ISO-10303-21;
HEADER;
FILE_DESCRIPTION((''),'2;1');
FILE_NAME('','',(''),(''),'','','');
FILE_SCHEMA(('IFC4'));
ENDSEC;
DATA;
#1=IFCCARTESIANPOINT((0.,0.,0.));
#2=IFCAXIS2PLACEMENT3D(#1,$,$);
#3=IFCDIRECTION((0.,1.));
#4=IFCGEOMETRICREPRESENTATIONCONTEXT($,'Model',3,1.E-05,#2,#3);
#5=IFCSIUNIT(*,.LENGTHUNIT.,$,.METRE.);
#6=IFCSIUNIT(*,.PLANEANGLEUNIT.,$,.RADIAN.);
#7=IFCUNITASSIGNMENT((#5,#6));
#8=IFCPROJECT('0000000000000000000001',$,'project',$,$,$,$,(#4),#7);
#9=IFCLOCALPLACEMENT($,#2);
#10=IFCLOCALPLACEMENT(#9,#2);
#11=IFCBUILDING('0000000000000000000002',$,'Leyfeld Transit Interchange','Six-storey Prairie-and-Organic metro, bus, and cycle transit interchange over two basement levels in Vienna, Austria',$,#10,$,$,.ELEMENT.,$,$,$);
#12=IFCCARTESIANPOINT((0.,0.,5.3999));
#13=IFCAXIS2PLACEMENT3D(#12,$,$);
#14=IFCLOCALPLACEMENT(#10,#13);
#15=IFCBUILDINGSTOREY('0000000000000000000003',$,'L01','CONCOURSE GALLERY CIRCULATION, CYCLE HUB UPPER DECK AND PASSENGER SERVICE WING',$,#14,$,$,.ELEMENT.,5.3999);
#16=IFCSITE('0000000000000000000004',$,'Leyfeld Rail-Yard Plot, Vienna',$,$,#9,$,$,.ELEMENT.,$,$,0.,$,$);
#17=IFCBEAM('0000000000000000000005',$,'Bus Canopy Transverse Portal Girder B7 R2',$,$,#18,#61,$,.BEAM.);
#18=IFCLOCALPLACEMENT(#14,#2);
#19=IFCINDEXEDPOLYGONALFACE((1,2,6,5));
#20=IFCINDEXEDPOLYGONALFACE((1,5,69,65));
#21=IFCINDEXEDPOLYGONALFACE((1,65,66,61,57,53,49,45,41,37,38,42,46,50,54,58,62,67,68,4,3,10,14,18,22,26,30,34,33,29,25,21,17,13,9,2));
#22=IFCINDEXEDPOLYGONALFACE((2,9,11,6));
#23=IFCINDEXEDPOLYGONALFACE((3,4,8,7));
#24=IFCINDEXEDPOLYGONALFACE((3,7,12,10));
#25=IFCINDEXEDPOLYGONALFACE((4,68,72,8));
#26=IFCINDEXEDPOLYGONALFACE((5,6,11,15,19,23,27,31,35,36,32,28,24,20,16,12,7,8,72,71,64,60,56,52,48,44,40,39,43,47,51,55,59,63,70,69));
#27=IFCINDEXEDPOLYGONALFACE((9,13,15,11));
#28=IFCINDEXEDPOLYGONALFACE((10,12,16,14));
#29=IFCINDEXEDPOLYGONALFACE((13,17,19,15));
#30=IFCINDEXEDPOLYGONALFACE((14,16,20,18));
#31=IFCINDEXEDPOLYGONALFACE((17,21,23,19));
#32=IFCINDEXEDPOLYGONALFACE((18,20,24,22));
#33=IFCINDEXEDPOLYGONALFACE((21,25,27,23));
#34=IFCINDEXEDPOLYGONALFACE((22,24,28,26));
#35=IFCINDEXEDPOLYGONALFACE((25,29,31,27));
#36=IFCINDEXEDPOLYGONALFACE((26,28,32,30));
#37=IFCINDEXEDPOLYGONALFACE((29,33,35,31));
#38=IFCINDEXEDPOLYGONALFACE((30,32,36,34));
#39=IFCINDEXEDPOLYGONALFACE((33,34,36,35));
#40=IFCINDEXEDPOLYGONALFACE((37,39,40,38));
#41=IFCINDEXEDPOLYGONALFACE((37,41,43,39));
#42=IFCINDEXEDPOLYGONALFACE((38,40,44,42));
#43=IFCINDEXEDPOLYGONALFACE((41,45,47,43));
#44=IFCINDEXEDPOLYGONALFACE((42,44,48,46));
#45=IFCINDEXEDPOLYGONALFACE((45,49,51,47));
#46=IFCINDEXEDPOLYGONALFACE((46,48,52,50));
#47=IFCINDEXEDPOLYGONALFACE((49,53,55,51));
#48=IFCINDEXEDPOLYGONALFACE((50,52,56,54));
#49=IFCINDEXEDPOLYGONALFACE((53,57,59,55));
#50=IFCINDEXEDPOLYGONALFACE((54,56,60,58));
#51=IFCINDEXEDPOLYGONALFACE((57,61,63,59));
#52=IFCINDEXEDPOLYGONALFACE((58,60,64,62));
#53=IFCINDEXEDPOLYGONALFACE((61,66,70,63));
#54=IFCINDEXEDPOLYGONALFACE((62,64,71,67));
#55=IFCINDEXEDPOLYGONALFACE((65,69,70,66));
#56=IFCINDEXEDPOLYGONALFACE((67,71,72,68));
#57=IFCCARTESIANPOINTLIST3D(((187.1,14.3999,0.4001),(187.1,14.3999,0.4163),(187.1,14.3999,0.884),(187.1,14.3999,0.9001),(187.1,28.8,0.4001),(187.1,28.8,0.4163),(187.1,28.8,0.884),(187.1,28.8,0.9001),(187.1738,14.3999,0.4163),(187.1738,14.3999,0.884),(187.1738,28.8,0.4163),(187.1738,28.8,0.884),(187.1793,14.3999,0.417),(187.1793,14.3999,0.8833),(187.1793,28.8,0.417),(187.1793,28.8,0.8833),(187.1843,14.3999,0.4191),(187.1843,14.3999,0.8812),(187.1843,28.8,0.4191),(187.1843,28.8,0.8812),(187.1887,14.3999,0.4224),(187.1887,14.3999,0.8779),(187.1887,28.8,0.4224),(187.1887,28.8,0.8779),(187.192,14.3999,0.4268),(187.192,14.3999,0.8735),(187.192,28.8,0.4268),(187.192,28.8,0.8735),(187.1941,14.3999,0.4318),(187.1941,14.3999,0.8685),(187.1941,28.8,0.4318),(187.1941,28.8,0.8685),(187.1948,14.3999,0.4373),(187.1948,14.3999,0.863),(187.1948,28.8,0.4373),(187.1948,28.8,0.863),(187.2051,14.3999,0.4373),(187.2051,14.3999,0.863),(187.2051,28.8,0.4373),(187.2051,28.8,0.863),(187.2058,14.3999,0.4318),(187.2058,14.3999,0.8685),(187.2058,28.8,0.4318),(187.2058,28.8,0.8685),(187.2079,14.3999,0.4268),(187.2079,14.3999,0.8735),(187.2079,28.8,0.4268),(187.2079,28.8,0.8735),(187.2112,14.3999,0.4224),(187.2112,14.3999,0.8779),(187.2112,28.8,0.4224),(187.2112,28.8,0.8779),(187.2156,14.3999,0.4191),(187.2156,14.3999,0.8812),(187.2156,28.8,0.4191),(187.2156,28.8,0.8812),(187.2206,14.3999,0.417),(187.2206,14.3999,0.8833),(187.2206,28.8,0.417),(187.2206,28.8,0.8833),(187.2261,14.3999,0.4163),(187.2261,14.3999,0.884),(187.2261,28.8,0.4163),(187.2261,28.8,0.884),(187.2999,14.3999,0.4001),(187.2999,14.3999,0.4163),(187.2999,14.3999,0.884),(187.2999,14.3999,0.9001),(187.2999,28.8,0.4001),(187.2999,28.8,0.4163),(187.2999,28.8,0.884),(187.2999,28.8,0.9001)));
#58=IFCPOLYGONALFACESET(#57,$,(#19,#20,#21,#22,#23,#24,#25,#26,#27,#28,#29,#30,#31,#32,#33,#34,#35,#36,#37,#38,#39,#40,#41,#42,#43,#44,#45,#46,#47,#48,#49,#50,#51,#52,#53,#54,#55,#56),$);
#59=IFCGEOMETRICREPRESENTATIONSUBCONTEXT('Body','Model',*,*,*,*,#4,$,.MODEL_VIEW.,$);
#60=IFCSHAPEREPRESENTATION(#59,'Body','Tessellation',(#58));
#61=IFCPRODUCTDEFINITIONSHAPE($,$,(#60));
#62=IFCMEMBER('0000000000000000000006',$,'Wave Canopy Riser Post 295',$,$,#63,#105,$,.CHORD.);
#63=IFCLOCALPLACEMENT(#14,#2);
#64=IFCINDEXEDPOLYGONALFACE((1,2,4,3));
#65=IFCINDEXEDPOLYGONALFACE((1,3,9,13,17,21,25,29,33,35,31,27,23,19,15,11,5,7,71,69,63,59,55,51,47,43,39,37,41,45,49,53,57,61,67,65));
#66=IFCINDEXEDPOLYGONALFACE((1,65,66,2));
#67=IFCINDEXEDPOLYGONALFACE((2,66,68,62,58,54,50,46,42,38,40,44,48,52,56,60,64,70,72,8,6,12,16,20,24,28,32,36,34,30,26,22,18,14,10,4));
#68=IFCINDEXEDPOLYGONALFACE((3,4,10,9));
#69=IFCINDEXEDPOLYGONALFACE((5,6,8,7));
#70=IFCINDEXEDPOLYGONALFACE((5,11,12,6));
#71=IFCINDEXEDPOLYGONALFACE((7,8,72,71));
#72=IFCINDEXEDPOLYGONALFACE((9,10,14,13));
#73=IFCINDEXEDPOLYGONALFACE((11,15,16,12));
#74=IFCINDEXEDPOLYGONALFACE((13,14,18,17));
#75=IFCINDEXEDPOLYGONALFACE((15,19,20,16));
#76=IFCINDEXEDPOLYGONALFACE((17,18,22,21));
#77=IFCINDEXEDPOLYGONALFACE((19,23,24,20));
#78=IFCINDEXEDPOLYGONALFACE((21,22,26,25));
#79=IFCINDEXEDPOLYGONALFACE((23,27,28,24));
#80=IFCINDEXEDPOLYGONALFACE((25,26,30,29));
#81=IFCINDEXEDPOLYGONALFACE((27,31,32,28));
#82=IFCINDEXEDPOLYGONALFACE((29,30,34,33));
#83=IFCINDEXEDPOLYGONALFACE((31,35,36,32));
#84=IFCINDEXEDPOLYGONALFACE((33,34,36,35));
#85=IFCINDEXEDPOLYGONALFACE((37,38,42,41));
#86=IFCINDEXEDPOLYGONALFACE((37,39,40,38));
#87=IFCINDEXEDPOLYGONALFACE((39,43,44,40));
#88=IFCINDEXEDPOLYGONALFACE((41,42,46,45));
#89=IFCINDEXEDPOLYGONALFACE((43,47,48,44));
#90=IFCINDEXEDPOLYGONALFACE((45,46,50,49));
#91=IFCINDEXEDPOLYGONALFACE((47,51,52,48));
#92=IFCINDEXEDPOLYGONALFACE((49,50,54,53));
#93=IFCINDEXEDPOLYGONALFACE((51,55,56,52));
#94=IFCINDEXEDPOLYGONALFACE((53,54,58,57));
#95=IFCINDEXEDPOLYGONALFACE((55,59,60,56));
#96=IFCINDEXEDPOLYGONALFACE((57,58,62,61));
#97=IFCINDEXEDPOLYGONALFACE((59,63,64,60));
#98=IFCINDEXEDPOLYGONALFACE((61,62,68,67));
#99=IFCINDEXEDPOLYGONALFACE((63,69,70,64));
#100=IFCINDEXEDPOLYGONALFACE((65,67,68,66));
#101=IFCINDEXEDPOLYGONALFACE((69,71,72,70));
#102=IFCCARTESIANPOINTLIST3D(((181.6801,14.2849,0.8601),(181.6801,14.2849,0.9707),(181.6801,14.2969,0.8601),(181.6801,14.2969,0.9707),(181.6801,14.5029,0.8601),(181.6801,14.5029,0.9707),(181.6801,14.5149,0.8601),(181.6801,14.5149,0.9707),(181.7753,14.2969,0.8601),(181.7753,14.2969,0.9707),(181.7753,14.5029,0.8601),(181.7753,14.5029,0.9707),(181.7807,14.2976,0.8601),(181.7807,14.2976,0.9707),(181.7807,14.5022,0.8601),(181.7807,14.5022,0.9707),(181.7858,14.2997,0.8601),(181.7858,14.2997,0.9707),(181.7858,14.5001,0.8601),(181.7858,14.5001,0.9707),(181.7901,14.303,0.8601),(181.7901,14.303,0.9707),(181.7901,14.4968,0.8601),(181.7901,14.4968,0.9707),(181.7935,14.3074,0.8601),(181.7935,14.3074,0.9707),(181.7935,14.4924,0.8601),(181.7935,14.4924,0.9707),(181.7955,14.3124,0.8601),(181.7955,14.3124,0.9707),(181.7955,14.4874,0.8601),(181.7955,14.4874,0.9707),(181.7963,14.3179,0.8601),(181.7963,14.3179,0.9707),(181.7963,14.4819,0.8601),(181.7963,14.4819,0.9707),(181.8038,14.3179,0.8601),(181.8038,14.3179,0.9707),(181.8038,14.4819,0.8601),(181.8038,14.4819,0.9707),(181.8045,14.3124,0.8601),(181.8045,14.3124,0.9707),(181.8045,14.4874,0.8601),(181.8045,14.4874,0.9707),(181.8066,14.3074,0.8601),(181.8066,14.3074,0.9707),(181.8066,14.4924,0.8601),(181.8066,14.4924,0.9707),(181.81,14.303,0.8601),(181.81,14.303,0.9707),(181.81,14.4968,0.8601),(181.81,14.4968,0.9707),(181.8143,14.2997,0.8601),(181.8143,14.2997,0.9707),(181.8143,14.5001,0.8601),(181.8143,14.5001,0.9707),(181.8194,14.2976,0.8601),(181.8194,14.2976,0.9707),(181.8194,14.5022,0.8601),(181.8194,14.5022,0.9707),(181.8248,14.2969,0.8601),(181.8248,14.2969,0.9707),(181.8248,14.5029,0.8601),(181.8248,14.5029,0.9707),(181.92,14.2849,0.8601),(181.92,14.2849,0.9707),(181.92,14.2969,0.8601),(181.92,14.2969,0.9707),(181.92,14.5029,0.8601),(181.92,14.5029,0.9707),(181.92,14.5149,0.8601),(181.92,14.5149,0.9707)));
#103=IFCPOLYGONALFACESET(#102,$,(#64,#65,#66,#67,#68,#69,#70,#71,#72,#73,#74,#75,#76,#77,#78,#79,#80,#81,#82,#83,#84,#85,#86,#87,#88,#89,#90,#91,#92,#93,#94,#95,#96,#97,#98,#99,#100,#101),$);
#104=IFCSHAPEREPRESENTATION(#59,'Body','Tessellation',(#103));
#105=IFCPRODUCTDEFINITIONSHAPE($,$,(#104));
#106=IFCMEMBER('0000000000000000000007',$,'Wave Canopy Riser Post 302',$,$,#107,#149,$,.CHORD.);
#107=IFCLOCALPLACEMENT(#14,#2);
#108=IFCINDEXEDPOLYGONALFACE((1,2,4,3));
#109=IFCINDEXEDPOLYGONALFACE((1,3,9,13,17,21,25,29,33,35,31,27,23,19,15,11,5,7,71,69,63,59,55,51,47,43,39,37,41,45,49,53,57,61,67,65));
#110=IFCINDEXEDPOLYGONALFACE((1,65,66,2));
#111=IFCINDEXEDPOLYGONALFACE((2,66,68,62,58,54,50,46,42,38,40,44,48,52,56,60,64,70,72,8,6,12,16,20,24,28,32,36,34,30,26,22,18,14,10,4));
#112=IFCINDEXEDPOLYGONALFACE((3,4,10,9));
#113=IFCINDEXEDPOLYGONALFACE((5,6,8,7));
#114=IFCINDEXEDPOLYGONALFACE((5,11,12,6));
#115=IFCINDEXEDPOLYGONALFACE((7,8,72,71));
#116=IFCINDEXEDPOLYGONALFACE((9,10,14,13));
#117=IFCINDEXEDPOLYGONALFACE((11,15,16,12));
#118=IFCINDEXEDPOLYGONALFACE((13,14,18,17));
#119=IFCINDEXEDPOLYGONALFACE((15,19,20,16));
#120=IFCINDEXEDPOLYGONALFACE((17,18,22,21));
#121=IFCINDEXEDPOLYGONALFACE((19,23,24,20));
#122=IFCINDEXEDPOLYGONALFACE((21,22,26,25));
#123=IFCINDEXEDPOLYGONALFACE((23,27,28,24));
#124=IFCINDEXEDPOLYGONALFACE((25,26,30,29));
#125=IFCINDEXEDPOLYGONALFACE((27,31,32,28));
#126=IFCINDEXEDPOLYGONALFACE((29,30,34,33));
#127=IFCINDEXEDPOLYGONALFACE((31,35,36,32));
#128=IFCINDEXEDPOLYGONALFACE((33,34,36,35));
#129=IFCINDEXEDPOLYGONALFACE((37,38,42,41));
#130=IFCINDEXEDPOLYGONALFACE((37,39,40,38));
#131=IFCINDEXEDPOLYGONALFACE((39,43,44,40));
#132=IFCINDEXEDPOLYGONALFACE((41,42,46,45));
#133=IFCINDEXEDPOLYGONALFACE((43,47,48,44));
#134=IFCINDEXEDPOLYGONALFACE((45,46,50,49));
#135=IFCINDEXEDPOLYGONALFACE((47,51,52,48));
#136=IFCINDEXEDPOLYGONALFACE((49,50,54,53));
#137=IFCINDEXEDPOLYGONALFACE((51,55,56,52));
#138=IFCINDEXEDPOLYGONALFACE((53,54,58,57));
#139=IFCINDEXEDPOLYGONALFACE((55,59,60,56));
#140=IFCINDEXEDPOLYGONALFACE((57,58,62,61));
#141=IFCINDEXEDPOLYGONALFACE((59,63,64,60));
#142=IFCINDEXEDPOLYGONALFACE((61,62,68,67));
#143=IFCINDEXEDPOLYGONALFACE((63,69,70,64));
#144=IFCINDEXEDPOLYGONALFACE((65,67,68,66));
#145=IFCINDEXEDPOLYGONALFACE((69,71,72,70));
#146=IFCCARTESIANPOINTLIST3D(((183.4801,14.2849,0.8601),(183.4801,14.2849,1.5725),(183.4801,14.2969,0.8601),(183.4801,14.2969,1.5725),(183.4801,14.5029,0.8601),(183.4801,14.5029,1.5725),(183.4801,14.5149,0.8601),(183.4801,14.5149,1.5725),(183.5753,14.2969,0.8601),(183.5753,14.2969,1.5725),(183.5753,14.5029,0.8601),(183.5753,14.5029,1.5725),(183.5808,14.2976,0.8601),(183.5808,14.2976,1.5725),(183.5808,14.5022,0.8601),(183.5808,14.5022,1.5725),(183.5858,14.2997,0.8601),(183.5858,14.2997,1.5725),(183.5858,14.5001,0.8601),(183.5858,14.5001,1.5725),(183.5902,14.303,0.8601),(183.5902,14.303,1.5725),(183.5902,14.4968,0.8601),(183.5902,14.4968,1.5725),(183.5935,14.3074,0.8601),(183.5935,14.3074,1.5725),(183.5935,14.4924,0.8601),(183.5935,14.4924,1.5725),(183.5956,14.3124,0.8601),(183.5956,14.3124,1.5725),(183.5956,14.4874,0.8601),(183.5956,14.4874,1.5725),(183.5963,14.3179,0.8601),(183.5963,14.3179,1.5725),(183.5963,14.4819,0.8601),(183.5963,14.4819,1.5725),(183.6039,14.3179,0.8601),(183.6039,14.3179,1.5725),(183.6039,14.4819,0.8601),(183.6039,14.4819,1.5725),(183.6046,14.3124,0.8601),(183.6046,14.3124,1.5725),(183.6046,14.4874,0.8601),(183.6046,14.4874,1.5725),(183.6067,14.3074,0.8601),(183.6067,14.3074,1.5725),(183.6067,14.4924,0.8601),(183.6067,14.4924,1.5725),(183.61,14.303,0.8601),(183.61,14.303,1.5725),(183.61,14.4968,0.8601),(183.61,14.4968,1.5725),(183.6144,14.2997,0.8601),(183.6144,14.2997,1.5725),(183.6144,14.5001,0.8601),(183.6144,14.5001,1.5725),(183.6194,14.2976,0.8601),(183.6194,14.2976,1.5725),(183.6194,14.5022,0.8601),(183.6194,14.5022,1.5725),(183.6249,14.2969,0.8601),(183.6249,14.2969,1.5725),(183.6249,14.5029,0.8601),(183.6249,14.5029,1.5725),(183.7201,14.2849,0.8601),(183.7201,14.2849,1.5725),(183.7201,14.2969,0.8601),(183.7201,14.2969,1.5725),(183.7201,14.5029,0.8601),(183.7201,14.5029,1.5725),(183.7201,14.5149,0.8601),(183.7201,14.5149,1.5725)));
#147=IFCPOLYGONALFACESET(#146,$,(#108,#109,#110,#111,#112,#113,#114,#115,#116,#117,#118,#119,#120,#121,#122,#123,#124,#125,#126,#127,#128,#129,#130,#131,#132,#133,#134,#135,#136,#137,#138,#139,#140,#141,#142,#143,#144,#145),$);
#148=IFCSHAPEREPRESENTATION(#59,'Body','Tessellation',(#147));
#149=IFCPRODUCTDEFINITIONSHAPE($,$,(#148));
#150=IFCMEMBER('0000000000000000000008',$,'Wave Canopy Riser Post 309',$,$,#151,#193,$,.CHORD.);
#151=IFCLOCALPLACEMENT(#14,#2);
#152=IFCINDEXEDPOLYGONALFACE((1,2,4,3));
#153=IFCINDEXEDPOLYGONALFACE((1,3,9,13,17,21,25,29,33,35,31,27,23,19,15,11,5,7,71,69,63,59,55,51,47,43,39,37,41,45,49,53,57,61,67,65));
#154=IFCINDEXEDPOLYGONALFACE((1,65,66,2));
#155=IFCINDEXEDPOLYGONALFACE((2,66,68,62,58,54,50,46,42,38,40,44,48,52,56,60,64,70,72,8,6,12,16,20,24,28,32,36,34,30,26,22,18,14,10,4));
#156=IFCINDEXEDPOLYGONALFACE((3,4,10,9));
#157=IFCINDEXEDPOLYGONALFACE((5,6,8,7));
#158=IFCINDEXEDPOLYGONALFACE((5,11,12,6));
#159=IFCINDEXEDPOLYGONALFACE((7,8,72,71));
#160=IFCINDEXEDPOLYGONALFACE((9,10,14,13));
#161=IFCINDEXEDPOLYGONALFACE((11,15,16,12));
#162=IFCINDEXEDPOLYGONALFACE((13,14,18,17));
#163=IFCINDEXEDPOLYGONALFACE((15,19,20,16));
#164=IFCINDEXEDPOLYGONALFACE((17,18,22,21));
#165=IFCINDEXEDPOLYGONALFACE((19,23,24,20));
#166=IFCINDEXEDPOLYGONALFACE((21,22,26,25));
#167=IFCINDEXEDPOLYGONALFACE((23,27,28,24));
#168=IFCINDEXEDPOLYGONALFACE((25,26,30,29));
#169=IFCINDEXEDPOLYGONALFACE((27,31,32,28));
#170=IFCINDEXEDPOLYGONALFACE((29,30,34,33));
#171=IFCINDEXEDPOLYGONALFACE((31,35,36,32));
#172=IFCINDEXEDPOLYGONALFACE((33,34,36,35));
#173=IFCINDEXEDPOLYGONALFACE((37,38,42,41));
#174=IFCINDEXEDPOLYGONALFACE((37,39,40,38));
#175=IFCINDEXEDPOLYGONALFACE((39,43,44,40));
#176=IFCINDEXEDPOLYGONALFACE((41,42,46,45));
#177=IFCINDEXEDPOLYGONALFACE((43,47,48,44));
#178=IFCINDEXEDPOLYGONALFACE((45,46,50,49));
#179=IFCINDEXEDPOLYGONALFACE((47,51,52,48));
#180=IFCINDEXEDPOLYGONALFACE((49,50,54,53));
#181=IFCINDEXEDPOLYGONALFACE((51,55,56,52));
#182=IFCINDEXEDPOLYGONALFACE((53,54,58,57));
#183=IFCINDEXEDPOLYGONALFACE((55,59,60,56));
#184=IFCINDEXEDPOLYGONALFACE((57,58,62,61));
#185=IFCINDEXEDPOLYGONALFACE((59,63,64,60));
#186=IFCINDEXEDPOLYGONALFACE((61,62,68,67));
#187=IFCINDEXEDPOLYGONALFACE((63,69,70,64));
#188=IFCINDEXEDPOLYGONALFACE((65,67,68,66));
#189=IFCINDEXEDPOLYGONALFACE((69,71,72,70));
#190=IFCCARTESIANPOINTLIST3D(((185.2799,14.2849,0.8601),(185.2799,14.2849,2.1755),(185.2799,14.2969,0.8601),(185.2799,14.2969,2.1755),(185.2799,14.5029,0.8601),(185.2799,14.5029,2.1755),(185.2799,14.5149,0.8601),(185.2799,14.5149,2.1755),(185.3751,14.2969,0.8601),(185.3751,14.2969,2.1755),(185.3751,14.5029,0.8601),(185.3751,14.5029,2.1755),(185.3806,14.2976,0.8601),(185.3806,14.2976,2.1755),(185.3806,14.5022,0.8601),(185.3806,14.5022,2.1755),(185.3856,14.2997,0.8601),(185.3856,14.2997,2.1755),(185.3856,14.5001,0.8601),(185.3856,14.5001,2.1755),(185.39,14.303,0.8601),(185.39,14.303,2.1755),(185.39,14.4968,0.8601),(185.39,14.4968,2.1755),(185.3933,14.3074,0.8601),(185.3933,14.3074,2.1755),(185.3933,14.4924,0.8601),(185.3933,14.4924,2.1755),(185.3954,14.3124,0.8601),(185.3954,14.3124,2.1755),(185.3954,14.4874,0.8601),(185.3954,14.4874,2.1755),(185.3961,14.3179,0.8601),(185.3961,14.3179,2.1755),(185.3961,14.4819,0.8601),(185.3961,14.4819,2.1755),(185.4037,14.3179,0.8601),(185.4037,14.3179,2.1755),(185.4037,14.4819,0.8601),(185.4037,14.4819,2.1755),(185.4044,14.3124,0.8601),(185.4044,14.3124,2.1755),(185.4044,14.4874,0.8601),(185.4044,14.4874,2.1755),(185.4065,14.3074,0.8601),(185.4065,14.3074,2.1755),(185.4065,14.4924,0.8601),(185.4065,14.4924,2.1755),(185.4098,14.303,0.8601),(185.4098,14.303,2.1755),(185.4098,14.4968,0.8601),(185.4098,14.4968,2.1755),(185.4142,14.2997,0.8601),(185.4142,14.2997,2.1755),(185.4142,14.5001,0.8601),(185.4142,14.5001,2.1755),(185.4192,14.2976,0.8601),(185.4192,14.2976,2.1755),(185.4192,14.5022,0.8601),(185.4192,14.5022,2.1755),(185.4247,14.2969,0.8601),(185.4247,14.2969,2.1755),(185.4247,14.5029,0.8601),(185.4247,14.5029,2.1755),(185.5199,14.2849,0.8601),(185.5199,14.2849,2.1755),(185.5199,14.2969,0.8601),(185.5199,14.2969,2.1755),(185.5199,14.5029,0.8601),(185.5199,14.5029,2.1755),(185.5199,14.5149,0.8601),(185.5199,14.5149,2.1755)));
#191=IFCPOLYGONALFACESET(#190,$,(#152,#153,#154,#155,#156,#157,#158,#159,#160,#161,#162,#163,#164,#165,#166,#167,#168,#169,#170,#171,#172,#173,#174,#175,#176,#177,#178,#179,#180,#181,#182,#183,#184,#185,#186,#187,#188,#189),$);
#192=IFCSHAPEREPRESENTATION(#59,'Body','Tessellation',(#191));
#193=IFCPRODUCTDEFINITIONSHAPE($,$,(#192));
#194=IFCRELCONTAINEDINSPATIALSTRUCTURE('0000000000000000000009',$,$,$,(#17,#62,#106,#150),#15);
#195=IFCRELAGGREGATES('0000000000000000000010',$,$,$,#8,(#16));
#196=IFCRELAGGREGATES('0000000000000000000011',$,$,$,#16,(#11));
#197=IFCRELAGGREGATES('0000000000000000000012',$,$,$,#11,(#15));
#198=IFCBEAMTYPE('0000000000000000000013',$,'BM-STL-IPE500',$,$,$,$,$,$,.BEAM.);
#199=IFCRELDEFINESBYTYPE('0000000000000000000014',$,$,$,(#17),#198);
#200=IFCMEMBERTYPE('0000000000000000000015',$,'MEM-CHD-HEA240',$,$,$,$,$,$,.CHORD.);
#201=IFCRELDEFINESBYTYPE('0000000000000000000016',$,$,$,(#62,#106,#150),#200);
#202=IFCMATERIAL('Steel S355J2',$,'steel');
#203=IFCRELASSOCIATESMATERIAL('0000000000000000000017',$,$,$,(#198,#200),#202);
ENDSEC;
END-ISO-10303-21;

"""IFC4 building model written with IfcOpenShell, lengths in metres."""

from ifc_helpers import new_model, si_unit, direction, frame, origin, origin_2d, place, context, subcontext, project, spatial, i_section, extrude, material, material_profile, profile_set, type_object, element, save


model = new_model("IFC4")

# Units and contexts
model_context = context("Model", 3, precision=1e-05, world=origin(), true_north=direction((0.0, 1.0)))
body_context = subcontext(model_context, "Body", "Model", "MODEL_VIEW")
ifc_project = project(units=[si_unit("LENGTHUNIT", "METRE"), si_unit("PLANEANGLEUNIT", "RADIAN")], contexts=[model_context])

# Site, building, storey
site_placement = place(None, origin())
site = spatial("IfcSite", under=ifc_project, at=site_placement, Name="Leyfeld Rail-Yard Plot, Vienna", CompositionType="ELEMENT", RefElevation=0.0)
building_placement = place(site_placement, origin())
building = spatial("IfcBuilding", under=site, at=building_placement, Name="Leyfeld Transit Interchange", Description="Six-storey Prairie-and-Organic metro, bus, and cycle transit interchange over two basement levels in Vienna, Austria", CompositionType="ELEMENT")
storey_placement = place(building_placement, frame((0.0, 0.0, 5.3999)))
storey = spatial("IfcBuildingStorey", under=building, at=storey_placement, Name="L01", Description="CONCOURSE GALLERY CIRCULATION, CYCLE HUB UPPER DECK AND PASSENGER SERVICE WING", CompositionType="ELEMENT", Elevation=5.3999)

# Beam
ifc_material_1 = material(Name="Steel S355J2", Category="steel")
ifc_material_profile_1 = material_profile(ifc_material_1, i_section(OverallWidth=0.2, OverallDepth=0.5, WebThickness=0.0103, FlangeThickness=0.0161, FilletRadius=0.021, at=origin_2d()), Name="IPE 500")
ifc_profile_set_1 = profile_set([ifc_material_profile_1], Name="Steel S355J2")
beam_type = type_object("IfcBeamType", Name="BM-STL-IPE500", PredefinedType="BEAM", material=ifc_profile_set_1)
beam_placement = place(storey_placement, frame((187.2, 14.3999, 0.6501), z_axis=(0.0, 1.0, 0.0), x_axis=(-1.0, 0.0, 0.0)))
element("IfcBeam", 1, at=beam_placement, inside=storey, type_object=beam_type, Name="Bus Canopy Transverse Portal Girder B7 R2", PredefinedType="BEAM", context=body_context, shape_type="SweptSolid", body=[
    extrude(i_section(OverallWidth=0.2, OverallDepth=0.5, WebThickness=0.0103, FlangeThickness=0.0161, FilletRadius=0.021, at=origin_2d()), origin(), (0.0, 0.0, 1.0), 14.4001),
])

# Members
ifc_material_profile_2 = material_profile(ifc_material_1, i_section(OverallWidth=0.24, OverallDepth=0.23, WebThickness=0.0076, FlangeThickness=0.012, FilletRadius=0.021, at=origin_2d()), Name="HEA 240")
ifc_profile_set_2 = profile_set([ifc_material_profile_2], Name="Steel S355J2")
member_type_1 = type_object("IfcMemberType", Name="MEM-CHD-HEA240", PredefinedType="CHORD", material=ifc_profile_set_2)
member_1_placement = place(storey_placement, frame((181.8, 14.3999, 0.8601), z_axis=(0.0, 0.0, 1.0), x_axis=(1.0, 0.0, 0.0)))
element("IfcMember", 2, at=member_1_placement, inside=storey, type_object=member_type_1, Name="Wave Canopy Riser Post 295", PredefinedType="CHORD", context=body_context, shape_type="SweptSolid", body=[
    extrude(i_section(OverallWidth=0.24, OverallDepth=0.23, WebThickness=0.0076, FlangeThickness=0.012, FilletRadius=0.021, at=origin_2d()), origin(), (0.0, 0.0, 1.0), 0.1106),
])
member_2_placement = place(storey_placement, frame((183.6001, 14.3999, 0.8601), z_axis=(0.0, 0.0, 1.0), x_axis=(1.0, 0.0, 0.0)))
element("IfcMember", 3, at=member_2_placement, inside=storey, type_object=member_type_1, Name="Wave Canopy Riser Post 302", PredefinedType="CHORD", context=body_context, shape_type="SweptSolid", body=[
    extrude(i_section(OverallWidth=0.24, OverallDepth=0.23, WebThickness=0.0076, FlangeThickness=0.012, FilletRadius=0.021, at=origin_2d()), origin(), (0.0, 0.0, 1.0), 0.7124),
])
member_3_placement = place(storey_placement, frame((185.3999, 14.3999, 0.8601), z_axis=(0.0, 0.0, 1.0), x_axis=(1.0, 0.0, 0.0)))
element("IfcMember", 4, at=member_3_placement, inside=storey, type_object=member_type_1, Name="Wave Canopy Riser Post 309", PredefinedType="CHORD", context=body_context, shape_type="SweptSolid", body=[
    extrude(i_section(OverallWidth=0.24, OverallDepth=0.23, WebThickness=0.0076, FlangeThickness=0.012, FilletRadius=0.021, at=origin_2d()), origin(), (0.0, 0.0, 1.0), 1.3154),
])

save(model, "model.ifc")
